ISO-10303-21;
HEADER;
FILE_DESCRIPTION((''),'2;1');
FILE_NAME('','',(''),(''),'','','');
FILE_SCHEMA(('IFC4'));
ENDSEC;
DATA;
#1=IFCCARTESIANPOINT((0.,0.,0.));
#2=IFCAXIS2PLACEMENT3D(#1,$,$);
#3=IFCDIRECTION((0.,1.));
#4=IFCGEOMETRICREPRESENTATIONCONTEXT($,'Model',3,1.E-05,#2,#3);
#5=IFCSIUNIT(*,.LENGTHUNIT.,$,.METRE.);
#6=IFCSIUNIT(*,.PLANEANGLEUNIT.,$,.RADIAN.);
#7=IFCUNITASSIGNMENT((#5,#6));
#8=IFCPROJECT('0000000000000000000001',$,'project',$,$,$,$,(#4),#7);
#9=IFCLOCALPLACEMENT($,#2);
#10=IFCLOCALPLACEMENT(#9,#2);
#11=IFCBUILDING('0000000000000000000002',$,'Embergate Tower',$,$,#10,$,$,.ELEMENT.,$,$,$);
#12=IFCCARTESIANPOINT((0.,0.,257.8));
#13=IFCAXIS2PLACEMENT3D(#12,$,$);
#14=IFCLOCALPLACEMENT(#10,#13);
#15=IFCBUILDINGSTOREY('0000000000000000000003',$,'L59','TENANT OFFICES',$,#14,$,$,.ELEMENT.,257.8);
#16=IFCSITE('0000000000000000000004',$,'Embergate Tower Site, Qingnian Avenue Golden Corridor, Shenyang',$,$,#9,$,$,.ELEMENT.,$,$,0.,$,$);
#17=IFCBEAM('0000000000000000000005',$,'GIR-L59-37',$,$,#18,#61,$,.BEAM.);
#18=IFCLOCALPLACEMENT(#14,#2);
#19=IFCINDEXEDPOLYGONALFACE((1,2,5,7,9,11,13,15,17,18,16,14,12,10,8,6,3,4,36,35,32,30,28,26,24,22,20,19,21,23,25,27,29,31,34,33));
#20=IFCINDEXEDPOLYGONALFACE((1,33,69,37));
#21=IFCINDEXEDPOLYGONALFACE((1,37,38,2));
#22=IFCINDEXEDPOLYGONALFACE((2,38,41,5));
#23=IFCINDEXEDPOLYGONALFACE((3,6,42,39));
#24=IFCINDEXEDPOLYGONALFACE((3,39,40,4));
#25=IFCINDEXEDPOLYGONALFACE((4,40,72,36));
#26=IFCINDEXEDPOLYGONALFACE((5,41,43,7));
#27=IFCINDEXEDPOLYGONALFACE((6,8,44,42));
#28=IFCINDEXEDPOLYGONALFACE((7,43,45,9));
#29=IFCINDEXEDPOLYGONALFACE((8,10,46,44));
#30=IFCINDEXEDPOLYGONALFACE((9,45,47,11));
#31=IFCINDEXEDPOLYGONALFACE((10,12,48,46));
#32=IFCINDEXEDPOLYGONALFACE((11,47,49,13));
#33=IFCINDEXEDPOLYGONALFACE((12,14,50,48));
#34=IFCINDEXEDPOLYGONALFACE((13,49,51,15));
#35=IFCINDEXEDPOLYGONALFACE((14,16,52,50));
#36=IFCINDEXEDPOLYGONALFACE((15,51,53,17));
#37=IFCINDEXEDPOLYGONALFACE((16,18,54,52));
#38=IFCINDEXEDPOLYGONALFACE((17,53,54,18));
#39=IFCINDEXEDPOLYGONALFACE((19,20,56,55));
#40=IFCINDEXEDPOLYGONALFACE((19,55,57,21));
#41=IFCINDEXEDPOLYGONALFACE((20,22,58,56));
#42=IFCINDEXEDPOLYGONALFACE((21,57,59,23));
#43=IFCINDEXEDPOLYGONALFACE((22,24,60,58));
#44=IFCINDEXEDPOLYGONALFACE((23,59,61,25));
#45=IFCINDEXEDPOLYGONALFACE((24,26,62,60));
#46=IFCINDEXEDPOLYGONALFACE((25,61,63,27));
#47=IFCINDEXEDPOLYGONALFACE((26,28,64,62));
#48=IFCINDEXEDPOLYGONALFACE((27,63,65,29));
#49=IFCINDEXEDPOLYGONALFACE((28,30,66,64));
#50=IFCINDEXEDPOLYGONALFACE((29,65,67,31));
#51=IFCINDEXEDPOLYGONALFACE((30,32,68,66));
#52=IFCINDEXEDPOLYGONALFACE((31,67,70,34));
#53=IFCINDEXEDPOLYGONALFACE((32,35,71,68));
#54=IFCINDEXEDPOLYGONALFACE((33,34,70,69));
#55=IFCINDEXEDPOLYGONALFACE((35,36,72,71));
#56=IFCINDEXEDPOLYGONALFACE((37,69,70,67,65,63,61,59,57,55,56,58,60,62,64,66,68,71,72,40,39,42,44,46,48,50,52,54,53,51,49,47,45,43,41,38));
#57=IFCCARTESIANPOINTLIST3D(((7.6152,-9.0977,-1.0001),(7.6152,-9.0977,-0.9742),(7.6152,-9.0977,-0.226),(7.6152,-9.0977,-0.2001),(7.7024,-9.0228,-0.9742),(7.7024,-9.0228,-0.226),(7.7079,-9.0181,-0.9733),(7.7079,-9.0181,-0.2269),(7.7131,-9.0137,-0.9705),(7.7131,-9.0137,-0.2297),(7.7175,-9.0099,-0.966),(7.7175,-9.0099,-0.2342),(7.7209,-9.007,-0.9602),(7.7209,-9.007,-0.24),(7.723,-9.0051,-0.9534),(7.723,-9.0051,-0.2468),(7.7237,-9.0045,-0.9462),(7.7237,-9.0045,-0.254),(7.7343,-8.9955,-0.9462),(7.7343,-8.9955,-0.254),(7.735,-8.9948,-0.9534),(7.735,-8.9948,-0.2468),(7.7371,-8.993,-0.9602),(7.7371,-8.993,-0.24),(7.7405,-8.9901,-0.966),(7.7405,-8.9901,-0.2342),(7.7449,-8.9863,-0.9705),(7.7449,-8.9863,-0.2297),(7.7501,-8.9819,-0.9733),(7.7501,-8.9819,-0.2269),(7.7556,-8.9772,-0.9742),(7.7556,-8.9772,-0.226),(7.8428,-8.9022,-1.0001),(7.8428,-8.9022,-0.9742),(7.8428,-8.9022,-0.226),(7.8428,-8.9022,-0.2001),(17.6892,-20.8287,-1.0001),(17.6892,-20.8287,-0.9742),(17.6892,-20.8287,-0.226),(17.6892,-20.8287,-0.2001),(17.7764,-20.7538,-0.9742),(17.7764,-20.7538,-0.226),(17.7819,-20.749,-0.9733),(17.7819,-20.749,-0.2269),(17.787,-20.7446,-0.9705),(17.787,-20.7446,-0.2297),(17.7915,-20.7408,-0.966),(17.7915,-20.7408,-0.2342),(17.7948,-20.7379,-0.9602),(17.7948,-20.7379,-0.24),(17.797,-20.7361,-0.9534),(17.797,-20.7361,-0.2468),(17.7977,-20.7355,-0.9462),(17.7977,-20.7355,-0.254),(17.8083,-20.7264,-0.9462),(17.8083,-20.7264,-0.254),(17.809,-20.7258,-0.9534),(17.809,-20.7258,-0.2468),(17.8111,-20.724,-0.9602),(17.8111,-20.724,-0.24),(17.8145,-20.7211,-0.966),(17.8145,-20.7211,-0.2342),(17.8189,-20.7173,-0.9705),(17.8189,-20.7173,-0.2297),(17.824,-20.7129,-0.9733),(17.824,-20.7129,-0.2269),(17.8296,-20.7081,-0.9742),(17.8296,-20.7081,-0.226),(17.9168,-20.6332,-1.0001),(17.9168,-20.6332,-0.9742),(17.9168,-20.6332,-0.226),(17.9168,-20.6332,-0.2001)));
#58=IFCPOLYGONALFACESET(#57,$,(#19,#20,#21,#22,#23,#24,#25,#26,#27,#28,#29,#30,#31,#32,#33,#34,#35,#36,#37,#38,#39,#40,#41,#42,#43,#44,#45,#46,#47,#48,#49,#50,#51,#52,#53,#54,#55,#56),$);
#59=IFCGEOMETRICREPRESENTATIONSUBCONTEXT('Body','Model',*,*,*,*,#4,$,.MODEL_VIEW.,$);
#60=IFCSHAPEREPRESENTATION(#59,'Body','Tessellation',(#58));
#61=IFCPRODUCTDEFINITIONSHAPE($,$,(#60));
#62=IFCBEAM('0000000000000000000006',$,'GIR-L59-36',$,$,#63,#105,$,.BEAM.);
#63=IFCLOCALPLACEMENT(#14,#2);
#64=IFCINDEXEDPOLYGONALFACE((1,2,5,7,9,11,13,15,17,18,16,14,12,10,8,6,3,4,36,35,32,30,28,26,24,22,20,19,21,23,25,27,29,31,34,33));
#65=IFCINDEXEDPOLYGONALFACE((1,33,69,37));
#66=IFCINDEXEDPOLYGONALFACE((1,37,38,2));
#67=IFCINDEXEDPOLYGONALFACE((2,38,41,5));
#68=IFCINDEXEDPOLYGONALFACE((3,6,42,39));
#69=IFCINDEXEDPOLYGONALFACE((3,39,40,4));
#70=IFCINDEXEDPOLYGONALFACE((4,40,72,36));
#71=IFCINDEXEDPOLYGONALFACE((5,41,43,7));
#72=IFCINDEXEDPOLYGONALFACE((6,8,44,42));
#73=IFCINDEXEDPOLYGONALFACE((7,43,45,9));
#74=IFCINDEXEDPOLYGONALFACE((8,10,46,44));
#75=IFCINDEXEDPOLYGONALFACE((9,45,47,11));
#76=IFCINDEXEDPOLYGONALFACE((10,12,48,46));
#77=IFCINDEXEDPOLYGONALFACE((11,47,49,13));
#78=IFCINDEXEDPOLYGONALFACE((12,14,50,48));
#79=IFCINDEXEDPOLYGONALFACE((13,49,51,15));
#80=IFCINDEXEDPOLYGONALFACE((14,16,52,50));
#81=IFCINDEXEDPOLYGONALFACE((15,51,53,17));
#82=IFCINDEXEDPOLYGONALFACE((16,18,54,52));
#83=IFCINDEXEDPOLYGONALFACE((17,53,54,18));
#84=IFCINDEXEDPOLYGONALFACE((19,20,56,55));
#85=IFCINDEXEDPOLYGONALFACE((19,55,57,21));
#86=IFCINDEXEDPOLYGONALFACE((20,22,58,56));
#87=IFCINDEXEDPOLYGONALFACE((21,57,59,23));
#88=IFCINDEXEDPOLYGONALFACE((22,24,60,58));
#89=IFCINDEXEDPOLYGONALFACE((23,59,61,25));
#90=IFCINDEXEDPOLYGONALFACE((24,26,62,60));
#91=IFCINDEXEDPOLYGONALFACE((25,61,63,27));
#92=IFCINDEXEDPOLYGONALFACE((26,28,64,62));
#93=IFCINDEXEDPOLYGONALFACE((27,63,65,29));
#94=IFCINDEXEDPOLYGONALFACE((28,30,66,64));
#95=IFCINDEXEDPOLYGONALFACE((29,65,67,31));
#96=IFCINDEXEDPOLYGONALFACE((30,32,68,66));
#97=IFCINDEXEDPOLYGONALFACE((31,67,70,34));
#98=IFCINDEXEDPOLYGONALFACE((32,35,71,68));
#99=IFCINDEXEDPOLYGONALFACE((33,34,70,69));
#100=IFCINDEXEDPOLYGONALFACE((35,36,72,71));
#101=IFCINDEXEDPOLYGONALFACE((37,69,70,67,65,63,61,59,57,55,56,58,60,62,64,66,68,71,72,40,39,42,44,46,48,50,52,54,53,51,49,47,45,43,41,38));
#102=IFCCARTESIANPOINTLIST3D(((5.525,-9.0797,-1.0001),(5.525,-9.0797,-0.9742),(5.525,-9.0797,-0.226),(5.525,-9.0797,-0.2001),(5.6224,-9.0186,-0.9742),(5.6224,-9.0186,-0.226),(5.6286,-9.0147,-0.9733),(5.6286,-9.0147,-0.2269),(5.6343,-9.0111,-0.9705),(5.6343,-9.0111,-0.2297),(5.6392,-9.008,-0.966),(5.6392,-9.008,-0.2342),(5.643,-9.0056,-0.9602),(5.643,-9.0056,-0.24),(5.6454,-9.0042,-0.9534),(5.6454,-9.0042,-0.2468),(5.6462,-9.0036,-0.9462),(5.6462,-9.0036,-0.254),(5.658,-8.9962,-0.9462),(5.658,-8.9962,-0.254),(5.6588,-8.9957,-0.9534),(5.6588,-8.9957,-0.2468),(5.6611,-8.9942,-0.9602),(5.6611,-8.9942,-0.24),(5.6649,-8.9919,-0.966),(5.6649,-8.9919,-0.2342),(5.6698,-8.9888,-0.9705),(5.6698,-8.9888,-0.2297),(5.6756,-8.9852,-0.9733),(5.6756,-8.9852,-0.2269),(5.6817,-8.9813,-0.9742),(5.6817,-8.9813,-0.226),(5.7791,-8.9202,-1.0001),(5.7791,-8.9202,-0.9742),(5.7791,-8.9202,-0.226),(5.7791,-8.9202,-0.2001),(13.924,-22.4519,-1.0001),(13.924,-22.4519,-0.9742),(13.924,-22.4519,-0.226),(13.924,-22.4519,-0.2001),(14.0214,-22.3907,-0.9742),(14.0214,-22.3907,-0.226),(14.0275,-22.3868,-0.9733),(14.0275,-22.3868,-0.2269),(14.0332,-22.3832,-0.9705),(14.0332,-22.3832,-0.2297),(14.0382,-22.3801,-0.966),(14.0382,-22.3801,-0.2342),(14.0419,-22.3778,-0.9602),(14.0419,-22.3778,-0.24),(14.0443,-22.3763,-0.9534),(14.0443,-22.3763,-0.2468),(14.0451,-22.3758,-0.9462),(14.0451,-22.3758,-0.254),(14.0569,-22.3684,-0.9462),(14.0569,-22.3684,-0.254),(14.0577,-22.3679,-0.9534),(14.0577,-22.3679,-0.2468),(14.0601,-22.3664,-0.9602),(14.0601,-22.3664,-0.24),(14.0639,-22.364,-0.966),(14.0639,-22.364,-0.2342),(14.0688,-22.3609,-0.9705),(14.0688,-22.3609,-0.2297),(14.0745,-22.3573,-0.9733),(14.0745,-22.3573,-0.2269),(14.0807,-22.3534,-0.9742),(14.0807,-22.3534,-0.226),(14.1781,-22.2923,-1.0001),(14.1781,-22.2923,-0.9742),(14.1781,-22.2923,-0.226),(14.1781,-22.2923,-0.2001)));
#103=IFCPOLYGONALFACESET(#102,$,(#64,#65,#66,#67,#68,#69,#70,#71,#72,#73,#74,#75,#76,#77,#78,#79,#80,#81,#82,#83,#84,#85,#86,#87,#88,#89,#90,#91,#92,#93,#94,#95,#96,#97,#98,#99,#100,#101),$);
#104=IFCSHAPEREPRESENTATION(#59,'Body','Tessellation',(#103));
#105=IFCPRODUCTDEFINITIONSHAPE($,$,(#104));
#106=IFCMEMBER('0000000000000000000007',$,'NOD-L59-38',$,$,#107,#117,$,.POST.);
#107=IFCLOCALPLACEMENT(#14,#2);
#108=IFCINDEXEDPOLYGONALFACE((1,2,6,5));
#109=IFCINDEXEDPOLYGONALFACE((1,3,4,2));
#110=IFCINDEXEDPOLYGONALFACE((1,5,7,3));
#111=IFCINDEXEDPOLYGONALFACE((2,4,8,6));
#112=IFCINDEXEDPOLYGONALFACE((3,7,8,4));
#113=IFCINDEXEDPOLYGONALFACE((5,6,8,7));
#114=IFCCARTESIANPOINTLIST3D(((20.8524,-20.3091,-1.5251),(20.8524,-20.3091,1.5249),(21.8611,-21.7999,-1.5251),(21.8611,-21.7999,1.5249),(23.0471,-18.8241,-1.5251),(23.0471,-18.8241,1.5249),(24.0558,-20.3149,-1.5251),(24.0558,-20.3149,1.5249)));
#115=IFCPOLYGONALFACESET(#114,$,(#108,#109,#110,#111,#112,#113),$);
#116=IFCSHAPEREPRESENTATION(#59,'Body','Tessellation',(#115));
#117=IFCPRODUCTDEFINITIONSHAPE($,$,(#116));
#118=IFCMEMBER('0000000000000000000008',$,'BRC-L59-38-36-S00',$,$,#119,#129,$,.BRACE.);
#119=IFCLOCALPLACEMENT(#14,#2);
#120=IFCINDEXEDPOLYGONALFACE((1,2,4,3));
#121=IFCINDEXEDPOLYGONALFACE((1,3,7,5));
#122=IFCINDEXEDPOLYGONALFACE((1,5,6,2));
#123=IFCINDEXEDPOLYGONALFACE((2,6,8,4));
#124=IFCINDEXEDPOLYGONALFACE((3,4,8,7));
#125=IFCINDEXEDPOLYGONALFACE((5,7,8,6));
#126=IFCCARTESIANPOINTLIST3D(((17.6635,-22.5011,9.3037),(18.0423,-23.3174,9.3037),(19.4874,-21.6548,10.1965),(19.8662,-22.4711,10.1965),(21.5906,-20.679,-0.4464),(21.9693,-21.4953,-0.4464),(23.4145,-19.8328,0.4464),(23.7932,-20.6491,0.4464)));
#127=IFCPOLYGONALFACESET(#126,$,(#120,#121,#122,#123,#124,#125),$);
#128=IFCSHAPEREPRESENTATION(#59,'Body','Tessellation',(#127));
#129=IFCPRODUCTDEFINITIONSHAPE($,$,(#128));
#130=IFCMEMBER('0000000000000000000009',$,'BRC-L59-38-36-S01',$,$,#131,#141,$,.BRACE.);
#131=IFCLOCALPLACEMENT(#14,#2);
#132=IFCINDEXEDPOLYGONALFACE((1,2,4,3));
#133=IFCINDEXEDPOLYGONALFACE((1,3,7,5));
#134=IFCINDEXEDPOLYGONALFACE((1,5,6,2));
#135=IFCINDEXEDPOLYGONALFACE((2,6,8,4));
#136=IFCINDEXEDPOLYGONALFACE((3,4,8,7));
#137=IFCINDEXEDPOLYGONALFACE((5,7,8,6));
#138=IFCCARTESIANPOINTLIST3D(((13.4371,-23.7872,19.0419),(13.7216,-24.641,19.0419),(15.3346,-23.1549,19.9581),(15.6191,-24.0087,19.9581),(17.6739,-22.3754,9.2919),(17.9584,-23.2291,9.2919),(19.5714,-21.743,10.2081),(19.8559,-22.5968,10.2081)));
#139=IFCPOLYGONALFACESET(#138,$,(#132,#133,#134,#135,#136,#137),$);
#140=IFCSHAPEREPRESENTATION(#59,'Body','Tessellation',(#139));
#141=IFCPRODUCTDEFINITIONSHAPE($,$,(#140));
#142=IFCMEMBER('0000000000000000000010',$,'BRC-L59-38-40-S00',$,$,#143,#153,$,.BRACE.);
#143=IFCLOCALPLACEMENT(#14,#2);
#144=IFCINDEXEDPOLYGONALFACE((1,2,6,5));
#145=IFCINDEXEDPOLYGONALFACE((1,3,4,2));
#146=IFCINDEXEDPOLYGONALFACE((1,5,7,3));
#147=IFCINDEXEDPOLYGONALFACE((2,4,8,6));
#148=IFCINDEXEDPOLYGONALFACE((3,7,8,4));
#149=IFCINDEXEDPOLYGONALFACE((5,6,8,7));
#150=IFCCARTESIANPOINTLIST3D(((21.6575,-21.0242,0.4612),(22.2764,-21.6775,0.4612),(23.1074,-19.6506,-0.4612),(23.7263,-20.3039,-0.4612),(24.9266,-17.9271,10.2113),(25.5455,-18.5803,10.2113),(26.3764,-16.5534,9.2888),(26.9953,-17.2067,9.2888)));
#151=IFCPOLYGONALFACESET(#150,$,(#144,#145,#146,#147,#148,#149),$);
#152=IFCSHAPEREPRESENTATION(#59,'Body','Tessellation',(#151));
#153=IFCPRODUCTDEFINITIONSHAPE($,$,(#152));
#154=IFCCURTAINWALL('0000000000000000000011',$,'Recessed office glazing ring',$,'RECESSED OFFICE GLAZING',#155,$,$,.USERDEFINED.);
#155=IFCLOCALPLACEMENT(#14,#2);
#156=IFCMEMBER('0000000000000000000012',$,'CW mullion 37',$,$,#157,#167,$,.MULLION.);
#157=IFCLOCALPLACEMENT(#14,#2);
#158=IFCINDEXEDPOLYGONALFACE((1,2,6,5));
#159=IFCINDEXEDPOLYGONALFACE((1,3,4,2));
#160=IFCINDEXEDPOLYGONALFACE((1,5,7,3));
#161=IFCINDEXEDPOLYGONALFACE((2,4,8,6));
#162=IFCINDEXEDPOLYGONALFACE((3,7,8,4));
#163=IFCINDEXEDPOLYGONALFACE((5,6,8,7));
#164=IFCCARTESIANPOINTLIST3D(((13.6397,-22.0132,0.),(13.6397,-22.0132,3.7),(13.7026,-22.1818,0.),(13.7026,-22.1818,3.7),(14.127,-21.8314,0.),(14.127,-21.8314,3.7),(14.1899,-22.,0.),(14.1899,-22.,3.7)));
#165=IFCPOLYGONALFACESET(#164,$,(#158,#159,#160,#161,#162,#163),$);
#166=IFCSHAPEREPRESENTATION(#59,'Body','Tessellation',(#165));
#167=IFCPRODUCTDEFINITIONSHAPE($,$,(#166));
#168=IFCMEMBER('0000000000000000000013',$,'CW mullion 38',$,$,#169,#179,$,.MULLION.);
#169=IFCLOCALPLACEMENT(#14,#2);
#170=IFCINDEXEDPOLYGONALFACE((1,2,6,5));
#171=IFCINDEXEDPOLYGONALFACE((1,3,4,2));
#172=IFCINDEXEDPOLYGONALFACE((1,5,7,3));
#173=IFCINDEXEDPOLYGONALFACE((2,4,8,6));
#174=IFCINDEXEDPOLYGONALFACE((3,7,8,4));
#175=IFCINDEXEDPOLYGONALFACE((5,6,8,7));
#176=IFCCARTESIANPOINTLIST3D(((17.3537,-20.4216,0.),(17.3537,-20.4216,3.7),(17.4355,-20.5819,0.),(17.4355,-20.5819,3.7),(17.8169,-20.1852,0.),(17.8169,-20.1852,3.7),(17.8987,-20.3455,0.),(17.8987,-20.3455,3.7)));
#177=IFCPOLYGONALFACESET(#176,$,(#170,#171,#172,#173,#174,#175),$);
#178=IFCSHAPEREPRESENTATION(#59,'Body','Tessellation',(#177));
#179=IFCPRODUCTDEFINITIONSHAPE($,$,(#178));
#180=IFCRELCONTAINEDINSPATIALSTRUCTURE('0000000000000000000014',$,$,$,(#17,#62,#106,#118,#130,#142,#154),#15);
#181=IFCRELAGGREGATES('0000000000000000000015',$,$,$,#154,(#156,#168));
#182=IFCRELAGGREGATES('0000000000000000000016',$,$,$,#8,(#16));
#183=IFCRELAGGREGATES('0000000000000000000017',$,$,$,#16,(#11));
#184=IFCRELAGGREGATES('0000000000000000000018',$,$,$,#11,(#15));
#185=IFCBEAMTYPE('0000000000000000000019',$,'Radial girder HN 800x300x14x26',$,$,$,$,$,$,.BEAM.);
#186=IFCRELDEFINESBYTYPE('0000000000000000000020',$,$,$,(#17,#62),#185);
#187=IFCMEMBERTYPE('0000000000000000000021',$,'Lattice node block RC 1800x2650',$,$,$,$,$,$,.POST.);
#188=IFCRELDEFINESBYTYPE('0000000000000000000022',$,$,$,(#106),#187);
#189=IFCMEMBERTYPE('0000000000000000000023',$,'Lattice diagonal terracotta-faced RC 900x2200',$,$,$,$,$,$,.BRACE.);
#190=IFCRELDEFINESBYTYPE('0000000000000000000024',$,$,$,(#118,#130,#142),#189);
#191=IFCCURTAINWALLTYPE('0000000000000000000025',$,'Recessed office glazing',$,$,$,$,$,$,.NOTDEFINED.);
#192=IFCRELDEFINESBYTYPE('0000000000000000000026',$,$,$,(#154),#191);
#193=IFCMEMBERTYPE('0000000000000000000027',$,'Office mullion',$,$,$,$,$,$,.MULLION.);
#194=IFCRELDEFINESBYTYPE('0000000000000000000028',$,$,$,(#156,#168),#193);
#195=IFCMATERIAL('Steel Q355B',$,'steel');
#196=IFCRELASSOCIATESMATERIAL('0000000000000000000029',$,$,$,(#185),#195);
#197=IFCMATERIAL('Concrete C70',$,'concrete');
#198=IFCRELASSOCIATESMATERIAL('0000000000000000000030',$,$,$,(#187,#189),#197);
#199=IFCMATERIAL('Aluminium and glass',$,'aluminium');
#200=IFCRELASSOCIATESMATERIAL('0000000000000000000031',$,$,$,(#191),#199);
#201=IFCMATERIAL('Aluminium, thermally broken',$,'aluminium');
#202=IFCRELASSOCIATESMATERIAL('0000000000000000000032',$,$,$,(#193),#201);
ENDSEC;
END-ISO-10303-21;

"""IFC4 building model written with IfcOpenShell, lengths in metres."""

from ifc_helpers import new_model, si_unit, direction, frame, origin, origin_2d, place, context, subcontext, project, spatial, rectangle, i_section, extrude, source, transform, mapped, material, material_profile, profile_set, type_object, element, aggregate, save


model = new_model("IFC4")

# Units and contexts
model_context = context("Model", 3, precision=1e-05, world=origin(), true_north=direction((0.0, 1.0)))
body_context = subcontext(model_context, "Body", "Model", "MODEL_VIEW")
ifc_project = project(units=[si_unit("LENGTHUNIT", "METRE"), si_unit("PLANEANGLEUNIT", "RADIAN")], contexts=[model_context])

# Site, building, storey
site_placement = place(None, origin())
site = spatial("IfcSite", under=ifc_project, at=site_placement, Name="Embergate Tower Site, Qingnian Avenue Golden Corridor, Shenyang", CompositionType="ELEMENT", RefElevation=0.0)
building_placement = place(site_placement, origin())
building = spatial("IfcBuilding", under=site, at=building_placement, Name="Embergate Tower", CompositionType="ELEMENT")
storey_placement = place(building_placement, frame((0.0, 0.0, 257.8)))
storey = spatial("IfcBuildingStorey", under=building, at=storey_placement, Name="L59", Description="TENANT OFFICES", CompositionType="ELEMENT", Elevation=257.8)

# Beams
ifc_material_1 = material(Name="Steel Q355B", Category="steel")
ifc_material_profile_1 = material_profile(ifc_material_1, i_section(OverallWidth=0.3, OverallDepth=0.8, WebThickness=0.0139, FlangeThickness=0.0259, FilletRadius=0.0281, at=origin_2d()), Name="HN 800x300x14x26")
ifc_profile_set_1 = profile_set([ifc_material_profile_1], Name="Steel Q355 grade B")
beam_type_1 = type_object("IfcBeamType", Name="Radial girder HN 800x300x14x26", PredefinedType="BEAM", material=ifc_profile_set_1)
shared_shape_1 = source(origin(), body_context, "Body", "SweptSolid", [
    extrude(i_section(OverallWidth=0.3, OverallDepth=0.8, WebThickness=0.0139, FlangeThickness=0.0259, FilletRadius=0.0281, at=origin_2d()), origin(), (0.0, 0.0, 1.0), 15.4629),
])
beam_1_placement = place(storey_placement, frame((17.803, -20.731, -0.6001), z_axis=(-0.651495, 0.758653, 0.0), x_axis=(-0.758653, -0.651495, 0.0)))
element("IfcBeam", 1, at=beam_1_placement, inside=storey, type_object=beam_type_1, Name="GIR-L59-37", PredefinedType="BEAM", context=body_context, shape_type="MappedRepresentation", body=[
    mapped(shared_shape_1, transform((0.0, 0.0, 0.0))),
])
shared_shape_2 = source(origin(), body_context, "Body", "SweptSolid", [
    extrude(i_section(OverallWidth=0.3, OverallDepth=0.8, WebThickness=0.0139, FlangeThickness=0.0259, FilletRadius=0.0281, at=origin_2d()), origin(), (0.0, 0.0, 1.0), 15.791),
])
beam_2_placement = place(storey_placement, frame((14.051, -22.3721, -0.6001), z_axis=(-0.531882, 0.846818, 0.0), x_axis=(-0.846818, -0.531882, 0.0)))
element("IfcBeam", 2, at=beam_2_placement, inside=storey, type_object=beam_type_1, Name="GIR-L59-36", PredefinedType="BEAM", context=body_context, shape_type="MappedRepresentation", body=[
    mapped(shared_shape_2, transform((0.0, 0.0, 0.0))),
])

# Members
ifc_material_2 = material(Name="Concrete C70", Category="concrete")
ifc_material_profile_2 = material_profile(ifc_material_2, rectangle(XDim=1.8, YDim=2.6499, at=origin_2d()), Name="RC 1800x2650")
ifc_profile_set_2 = profile_set([ifc_material_profile_2], Name="Concrete C70")
member_type_1 = type_object("IfcMemberType", Name="Lattice node block RC 1800x2650", PredefinedType="POST", material=ifc_profile_set_2)
shared_shape_3 = source(origin(), body_context, "Body", "SweptSolid", [
    extrude(rectangle(XDim=1.8, YDim=2.6499, at=origin_2d()), origin(), (0.0, 0.0, 1.0), 3.05),
])
member_1_placement = place(storey_placement, frame((22.4541, -20.312, -1.5251), z_axis=(0.0, 0.0, 1.0), x_axis=(0.560393, -0.828227, 0.0)))
element("IfcMember", 3, at=member_1_placement, inside=storey, type_object=member_type_1, Name="NOD-L59-38", PredefinedType="POST", context=body_context, shape_type="MappedRepresentation", body=[
    mapped(shared_shape_3, transform((0.0, 0.0, 0.0))),
])
ifc_material_profile_3 = material_profile(ifc_material_2, rectangle(XDim=0.8999, YDim=2.2, at=origin_2d()), Name="RC 900x2200")
ifc_profile_set_3 = profile_set([ifc_material_profile_3], Name="Concrete C70")
member_type_2 = type_object("IfcMemberType", Name="Lattice diagonal terracotta-faced RC 900x2200", PredefinedType="BRACE", material=ifc_profile_set_3)
shared_shape_4 = source(origin(), body_context, "Body", "SweptSolid", [
    extrude(rectangle(XDim=0.8999, YDim=2.2, at=origin_2d()), origin(), (0.0, 0.0, 1.0), 10.668),
])
member_2_placement = place(storey_placement, frame((22.6919, -20.6641, 0.0), z_axis=(-0.368115, -0.170795, 0.913959), x_axis=(0.420878, -0.907117, 0.0)))
element("IfcMember", 4, at=member_2_placement, inside=storey, type_object=member_type_2, Name="BRC-L59-38-36-S00", PredefinedType="BRACE", context=body_context, shape_type="MappedRepresentation", body=[
    mapped(shared_shape_4, transform((0.0, 0.0, 0.0))),
])
shared_shape_5 = source(origin(), body_context, "Body", "SweptSolid", [
    extrude(rectangle(XDim=0.8999, YDim=2.2, at=origin_2d()), origin(), (0.0, 0.0, 1.0), 10.7241),
])
member_3_placement = place(storey_placement, frame((18.7649, -22.4861, 9.75), z_axis=(-0.395074, -0.131653, 0.909167), x_axis=(0.316146, -0.948711, 0.0)))
element("IfcMember", 5, at=member_3_placement, inside=storey, type_object=member_type_2, Name="BRC-L59-38-36-S01", PredefinedType="BRACE", context=body_context, shape_type="MappedRepresentation", body=[
    mapped(shared_shape_5, transform((0.0, 0.0, 0.0))),
])
shared_shape_6 = source(origin(), body_context, "Body", "SweptSolid", [
    extrude(rectangle(XDim=0.8999, YDim=2.2, at=origin_2d()), origin(), (0.0, 0.0, 1.0), 10.7397),
])
member_4_placement = place(storey_placement, frame((22.6919, -20.6641, 0.0), z_axis=(0.304388, 0.288384, 0.907845), x_axis=(-0.687766, 0.725933, 0.0)))
element("IfcMember", 6, at=member_4_placement, inside=storey, type_object=member_type_2, Name="BRC-L59-38-40-S00", PredefinedType="BRACE", context=body_context, shape_type="MappedRepresentation", body=[
    mapped(shared_shape_6, transform((0.0, 0.0, 0.0))),
])

# Curtain wall, members
ifc_material_3 = material(Name="Aluminium and glass", Category="aluminium")
curtain_wall_type = type_object("IfcCurtainWallType", Name="Recessed office glazing", PredefinedType="NOTDEFINED", material=ifc_material_3)
curtain_wall_placement = place(storey_placement, origin())
curtain_wall = element("IfcCurtainWall", 7, at=curtain_wall_placement, inside=storey, type_object=curtain_wall_type, Name="Recessed office glazing ring", ObjectType="RECESSED OFFICE GLAZING", PredefinedType="USERDEFINED")
ifc_material_4 = material(Name="Aluminium, thermally broken", Category="aluminium")
ifc_material_profile_4 = material_profile(ifc_material_4, rectangle(XDim=0.1799, YDim=0.52, at=origin_2d()), Name="AL 520x180")
ifc_profile_set_4 = profile_set([ifc_material_profile_4], Name="Aluminium, thermally broken")
member_type_3 = type_object("IfcMemberType", Name="Office mullion", PredefinedType="MULLION", material=ifc_profile_set_4)
shared_shape_7 = source(origin(), body_context, "Body", "SweptSolid", [
    extrude(rectangle(XDim=0.1799, YDim=0.52, at=origin_2d()), origin(), (0.0, 0.0, 1.0), 3.7),
])
member_5_placement = place(storey_placement, frame((13.9148, -22.0066, 0.0), z_axis=(0.0, 0.0, 1.0), x_axis=(-0.349498, 0.936937, 0.0)))
member_5 = element("IfcMember", 8, at=member_5_placement, type_object=member_type_3, Name="CW mullion 37", PredefinedType="MULLION", context=body_context, shape_type="MappedRepresentation", body=[
    mapped(shared_shape_7, transform((0.0, 0.0, 0.0))),
])
member_6_placement = place(storey_placement, frame((17.6262, -20.3835, 0.0), z_axis=(0.0, 0.0, 1.0), x_axis=(-0.454505, 0.890744, 0.0)))
member_6 = element("IfcMember", 9, at=member_6_placement, type_object=member_type_3, Name="CW mullion 38", PredefinedType="MULLION", context=body_context, shape_type="MappedRepresentation", body=[
    mapped(shared_shape_7, transform((0.0, 0.0, 0.0))),
])
aggregate(curtain_wall, [member_5, member_6])

save(model, "model.ifc")
